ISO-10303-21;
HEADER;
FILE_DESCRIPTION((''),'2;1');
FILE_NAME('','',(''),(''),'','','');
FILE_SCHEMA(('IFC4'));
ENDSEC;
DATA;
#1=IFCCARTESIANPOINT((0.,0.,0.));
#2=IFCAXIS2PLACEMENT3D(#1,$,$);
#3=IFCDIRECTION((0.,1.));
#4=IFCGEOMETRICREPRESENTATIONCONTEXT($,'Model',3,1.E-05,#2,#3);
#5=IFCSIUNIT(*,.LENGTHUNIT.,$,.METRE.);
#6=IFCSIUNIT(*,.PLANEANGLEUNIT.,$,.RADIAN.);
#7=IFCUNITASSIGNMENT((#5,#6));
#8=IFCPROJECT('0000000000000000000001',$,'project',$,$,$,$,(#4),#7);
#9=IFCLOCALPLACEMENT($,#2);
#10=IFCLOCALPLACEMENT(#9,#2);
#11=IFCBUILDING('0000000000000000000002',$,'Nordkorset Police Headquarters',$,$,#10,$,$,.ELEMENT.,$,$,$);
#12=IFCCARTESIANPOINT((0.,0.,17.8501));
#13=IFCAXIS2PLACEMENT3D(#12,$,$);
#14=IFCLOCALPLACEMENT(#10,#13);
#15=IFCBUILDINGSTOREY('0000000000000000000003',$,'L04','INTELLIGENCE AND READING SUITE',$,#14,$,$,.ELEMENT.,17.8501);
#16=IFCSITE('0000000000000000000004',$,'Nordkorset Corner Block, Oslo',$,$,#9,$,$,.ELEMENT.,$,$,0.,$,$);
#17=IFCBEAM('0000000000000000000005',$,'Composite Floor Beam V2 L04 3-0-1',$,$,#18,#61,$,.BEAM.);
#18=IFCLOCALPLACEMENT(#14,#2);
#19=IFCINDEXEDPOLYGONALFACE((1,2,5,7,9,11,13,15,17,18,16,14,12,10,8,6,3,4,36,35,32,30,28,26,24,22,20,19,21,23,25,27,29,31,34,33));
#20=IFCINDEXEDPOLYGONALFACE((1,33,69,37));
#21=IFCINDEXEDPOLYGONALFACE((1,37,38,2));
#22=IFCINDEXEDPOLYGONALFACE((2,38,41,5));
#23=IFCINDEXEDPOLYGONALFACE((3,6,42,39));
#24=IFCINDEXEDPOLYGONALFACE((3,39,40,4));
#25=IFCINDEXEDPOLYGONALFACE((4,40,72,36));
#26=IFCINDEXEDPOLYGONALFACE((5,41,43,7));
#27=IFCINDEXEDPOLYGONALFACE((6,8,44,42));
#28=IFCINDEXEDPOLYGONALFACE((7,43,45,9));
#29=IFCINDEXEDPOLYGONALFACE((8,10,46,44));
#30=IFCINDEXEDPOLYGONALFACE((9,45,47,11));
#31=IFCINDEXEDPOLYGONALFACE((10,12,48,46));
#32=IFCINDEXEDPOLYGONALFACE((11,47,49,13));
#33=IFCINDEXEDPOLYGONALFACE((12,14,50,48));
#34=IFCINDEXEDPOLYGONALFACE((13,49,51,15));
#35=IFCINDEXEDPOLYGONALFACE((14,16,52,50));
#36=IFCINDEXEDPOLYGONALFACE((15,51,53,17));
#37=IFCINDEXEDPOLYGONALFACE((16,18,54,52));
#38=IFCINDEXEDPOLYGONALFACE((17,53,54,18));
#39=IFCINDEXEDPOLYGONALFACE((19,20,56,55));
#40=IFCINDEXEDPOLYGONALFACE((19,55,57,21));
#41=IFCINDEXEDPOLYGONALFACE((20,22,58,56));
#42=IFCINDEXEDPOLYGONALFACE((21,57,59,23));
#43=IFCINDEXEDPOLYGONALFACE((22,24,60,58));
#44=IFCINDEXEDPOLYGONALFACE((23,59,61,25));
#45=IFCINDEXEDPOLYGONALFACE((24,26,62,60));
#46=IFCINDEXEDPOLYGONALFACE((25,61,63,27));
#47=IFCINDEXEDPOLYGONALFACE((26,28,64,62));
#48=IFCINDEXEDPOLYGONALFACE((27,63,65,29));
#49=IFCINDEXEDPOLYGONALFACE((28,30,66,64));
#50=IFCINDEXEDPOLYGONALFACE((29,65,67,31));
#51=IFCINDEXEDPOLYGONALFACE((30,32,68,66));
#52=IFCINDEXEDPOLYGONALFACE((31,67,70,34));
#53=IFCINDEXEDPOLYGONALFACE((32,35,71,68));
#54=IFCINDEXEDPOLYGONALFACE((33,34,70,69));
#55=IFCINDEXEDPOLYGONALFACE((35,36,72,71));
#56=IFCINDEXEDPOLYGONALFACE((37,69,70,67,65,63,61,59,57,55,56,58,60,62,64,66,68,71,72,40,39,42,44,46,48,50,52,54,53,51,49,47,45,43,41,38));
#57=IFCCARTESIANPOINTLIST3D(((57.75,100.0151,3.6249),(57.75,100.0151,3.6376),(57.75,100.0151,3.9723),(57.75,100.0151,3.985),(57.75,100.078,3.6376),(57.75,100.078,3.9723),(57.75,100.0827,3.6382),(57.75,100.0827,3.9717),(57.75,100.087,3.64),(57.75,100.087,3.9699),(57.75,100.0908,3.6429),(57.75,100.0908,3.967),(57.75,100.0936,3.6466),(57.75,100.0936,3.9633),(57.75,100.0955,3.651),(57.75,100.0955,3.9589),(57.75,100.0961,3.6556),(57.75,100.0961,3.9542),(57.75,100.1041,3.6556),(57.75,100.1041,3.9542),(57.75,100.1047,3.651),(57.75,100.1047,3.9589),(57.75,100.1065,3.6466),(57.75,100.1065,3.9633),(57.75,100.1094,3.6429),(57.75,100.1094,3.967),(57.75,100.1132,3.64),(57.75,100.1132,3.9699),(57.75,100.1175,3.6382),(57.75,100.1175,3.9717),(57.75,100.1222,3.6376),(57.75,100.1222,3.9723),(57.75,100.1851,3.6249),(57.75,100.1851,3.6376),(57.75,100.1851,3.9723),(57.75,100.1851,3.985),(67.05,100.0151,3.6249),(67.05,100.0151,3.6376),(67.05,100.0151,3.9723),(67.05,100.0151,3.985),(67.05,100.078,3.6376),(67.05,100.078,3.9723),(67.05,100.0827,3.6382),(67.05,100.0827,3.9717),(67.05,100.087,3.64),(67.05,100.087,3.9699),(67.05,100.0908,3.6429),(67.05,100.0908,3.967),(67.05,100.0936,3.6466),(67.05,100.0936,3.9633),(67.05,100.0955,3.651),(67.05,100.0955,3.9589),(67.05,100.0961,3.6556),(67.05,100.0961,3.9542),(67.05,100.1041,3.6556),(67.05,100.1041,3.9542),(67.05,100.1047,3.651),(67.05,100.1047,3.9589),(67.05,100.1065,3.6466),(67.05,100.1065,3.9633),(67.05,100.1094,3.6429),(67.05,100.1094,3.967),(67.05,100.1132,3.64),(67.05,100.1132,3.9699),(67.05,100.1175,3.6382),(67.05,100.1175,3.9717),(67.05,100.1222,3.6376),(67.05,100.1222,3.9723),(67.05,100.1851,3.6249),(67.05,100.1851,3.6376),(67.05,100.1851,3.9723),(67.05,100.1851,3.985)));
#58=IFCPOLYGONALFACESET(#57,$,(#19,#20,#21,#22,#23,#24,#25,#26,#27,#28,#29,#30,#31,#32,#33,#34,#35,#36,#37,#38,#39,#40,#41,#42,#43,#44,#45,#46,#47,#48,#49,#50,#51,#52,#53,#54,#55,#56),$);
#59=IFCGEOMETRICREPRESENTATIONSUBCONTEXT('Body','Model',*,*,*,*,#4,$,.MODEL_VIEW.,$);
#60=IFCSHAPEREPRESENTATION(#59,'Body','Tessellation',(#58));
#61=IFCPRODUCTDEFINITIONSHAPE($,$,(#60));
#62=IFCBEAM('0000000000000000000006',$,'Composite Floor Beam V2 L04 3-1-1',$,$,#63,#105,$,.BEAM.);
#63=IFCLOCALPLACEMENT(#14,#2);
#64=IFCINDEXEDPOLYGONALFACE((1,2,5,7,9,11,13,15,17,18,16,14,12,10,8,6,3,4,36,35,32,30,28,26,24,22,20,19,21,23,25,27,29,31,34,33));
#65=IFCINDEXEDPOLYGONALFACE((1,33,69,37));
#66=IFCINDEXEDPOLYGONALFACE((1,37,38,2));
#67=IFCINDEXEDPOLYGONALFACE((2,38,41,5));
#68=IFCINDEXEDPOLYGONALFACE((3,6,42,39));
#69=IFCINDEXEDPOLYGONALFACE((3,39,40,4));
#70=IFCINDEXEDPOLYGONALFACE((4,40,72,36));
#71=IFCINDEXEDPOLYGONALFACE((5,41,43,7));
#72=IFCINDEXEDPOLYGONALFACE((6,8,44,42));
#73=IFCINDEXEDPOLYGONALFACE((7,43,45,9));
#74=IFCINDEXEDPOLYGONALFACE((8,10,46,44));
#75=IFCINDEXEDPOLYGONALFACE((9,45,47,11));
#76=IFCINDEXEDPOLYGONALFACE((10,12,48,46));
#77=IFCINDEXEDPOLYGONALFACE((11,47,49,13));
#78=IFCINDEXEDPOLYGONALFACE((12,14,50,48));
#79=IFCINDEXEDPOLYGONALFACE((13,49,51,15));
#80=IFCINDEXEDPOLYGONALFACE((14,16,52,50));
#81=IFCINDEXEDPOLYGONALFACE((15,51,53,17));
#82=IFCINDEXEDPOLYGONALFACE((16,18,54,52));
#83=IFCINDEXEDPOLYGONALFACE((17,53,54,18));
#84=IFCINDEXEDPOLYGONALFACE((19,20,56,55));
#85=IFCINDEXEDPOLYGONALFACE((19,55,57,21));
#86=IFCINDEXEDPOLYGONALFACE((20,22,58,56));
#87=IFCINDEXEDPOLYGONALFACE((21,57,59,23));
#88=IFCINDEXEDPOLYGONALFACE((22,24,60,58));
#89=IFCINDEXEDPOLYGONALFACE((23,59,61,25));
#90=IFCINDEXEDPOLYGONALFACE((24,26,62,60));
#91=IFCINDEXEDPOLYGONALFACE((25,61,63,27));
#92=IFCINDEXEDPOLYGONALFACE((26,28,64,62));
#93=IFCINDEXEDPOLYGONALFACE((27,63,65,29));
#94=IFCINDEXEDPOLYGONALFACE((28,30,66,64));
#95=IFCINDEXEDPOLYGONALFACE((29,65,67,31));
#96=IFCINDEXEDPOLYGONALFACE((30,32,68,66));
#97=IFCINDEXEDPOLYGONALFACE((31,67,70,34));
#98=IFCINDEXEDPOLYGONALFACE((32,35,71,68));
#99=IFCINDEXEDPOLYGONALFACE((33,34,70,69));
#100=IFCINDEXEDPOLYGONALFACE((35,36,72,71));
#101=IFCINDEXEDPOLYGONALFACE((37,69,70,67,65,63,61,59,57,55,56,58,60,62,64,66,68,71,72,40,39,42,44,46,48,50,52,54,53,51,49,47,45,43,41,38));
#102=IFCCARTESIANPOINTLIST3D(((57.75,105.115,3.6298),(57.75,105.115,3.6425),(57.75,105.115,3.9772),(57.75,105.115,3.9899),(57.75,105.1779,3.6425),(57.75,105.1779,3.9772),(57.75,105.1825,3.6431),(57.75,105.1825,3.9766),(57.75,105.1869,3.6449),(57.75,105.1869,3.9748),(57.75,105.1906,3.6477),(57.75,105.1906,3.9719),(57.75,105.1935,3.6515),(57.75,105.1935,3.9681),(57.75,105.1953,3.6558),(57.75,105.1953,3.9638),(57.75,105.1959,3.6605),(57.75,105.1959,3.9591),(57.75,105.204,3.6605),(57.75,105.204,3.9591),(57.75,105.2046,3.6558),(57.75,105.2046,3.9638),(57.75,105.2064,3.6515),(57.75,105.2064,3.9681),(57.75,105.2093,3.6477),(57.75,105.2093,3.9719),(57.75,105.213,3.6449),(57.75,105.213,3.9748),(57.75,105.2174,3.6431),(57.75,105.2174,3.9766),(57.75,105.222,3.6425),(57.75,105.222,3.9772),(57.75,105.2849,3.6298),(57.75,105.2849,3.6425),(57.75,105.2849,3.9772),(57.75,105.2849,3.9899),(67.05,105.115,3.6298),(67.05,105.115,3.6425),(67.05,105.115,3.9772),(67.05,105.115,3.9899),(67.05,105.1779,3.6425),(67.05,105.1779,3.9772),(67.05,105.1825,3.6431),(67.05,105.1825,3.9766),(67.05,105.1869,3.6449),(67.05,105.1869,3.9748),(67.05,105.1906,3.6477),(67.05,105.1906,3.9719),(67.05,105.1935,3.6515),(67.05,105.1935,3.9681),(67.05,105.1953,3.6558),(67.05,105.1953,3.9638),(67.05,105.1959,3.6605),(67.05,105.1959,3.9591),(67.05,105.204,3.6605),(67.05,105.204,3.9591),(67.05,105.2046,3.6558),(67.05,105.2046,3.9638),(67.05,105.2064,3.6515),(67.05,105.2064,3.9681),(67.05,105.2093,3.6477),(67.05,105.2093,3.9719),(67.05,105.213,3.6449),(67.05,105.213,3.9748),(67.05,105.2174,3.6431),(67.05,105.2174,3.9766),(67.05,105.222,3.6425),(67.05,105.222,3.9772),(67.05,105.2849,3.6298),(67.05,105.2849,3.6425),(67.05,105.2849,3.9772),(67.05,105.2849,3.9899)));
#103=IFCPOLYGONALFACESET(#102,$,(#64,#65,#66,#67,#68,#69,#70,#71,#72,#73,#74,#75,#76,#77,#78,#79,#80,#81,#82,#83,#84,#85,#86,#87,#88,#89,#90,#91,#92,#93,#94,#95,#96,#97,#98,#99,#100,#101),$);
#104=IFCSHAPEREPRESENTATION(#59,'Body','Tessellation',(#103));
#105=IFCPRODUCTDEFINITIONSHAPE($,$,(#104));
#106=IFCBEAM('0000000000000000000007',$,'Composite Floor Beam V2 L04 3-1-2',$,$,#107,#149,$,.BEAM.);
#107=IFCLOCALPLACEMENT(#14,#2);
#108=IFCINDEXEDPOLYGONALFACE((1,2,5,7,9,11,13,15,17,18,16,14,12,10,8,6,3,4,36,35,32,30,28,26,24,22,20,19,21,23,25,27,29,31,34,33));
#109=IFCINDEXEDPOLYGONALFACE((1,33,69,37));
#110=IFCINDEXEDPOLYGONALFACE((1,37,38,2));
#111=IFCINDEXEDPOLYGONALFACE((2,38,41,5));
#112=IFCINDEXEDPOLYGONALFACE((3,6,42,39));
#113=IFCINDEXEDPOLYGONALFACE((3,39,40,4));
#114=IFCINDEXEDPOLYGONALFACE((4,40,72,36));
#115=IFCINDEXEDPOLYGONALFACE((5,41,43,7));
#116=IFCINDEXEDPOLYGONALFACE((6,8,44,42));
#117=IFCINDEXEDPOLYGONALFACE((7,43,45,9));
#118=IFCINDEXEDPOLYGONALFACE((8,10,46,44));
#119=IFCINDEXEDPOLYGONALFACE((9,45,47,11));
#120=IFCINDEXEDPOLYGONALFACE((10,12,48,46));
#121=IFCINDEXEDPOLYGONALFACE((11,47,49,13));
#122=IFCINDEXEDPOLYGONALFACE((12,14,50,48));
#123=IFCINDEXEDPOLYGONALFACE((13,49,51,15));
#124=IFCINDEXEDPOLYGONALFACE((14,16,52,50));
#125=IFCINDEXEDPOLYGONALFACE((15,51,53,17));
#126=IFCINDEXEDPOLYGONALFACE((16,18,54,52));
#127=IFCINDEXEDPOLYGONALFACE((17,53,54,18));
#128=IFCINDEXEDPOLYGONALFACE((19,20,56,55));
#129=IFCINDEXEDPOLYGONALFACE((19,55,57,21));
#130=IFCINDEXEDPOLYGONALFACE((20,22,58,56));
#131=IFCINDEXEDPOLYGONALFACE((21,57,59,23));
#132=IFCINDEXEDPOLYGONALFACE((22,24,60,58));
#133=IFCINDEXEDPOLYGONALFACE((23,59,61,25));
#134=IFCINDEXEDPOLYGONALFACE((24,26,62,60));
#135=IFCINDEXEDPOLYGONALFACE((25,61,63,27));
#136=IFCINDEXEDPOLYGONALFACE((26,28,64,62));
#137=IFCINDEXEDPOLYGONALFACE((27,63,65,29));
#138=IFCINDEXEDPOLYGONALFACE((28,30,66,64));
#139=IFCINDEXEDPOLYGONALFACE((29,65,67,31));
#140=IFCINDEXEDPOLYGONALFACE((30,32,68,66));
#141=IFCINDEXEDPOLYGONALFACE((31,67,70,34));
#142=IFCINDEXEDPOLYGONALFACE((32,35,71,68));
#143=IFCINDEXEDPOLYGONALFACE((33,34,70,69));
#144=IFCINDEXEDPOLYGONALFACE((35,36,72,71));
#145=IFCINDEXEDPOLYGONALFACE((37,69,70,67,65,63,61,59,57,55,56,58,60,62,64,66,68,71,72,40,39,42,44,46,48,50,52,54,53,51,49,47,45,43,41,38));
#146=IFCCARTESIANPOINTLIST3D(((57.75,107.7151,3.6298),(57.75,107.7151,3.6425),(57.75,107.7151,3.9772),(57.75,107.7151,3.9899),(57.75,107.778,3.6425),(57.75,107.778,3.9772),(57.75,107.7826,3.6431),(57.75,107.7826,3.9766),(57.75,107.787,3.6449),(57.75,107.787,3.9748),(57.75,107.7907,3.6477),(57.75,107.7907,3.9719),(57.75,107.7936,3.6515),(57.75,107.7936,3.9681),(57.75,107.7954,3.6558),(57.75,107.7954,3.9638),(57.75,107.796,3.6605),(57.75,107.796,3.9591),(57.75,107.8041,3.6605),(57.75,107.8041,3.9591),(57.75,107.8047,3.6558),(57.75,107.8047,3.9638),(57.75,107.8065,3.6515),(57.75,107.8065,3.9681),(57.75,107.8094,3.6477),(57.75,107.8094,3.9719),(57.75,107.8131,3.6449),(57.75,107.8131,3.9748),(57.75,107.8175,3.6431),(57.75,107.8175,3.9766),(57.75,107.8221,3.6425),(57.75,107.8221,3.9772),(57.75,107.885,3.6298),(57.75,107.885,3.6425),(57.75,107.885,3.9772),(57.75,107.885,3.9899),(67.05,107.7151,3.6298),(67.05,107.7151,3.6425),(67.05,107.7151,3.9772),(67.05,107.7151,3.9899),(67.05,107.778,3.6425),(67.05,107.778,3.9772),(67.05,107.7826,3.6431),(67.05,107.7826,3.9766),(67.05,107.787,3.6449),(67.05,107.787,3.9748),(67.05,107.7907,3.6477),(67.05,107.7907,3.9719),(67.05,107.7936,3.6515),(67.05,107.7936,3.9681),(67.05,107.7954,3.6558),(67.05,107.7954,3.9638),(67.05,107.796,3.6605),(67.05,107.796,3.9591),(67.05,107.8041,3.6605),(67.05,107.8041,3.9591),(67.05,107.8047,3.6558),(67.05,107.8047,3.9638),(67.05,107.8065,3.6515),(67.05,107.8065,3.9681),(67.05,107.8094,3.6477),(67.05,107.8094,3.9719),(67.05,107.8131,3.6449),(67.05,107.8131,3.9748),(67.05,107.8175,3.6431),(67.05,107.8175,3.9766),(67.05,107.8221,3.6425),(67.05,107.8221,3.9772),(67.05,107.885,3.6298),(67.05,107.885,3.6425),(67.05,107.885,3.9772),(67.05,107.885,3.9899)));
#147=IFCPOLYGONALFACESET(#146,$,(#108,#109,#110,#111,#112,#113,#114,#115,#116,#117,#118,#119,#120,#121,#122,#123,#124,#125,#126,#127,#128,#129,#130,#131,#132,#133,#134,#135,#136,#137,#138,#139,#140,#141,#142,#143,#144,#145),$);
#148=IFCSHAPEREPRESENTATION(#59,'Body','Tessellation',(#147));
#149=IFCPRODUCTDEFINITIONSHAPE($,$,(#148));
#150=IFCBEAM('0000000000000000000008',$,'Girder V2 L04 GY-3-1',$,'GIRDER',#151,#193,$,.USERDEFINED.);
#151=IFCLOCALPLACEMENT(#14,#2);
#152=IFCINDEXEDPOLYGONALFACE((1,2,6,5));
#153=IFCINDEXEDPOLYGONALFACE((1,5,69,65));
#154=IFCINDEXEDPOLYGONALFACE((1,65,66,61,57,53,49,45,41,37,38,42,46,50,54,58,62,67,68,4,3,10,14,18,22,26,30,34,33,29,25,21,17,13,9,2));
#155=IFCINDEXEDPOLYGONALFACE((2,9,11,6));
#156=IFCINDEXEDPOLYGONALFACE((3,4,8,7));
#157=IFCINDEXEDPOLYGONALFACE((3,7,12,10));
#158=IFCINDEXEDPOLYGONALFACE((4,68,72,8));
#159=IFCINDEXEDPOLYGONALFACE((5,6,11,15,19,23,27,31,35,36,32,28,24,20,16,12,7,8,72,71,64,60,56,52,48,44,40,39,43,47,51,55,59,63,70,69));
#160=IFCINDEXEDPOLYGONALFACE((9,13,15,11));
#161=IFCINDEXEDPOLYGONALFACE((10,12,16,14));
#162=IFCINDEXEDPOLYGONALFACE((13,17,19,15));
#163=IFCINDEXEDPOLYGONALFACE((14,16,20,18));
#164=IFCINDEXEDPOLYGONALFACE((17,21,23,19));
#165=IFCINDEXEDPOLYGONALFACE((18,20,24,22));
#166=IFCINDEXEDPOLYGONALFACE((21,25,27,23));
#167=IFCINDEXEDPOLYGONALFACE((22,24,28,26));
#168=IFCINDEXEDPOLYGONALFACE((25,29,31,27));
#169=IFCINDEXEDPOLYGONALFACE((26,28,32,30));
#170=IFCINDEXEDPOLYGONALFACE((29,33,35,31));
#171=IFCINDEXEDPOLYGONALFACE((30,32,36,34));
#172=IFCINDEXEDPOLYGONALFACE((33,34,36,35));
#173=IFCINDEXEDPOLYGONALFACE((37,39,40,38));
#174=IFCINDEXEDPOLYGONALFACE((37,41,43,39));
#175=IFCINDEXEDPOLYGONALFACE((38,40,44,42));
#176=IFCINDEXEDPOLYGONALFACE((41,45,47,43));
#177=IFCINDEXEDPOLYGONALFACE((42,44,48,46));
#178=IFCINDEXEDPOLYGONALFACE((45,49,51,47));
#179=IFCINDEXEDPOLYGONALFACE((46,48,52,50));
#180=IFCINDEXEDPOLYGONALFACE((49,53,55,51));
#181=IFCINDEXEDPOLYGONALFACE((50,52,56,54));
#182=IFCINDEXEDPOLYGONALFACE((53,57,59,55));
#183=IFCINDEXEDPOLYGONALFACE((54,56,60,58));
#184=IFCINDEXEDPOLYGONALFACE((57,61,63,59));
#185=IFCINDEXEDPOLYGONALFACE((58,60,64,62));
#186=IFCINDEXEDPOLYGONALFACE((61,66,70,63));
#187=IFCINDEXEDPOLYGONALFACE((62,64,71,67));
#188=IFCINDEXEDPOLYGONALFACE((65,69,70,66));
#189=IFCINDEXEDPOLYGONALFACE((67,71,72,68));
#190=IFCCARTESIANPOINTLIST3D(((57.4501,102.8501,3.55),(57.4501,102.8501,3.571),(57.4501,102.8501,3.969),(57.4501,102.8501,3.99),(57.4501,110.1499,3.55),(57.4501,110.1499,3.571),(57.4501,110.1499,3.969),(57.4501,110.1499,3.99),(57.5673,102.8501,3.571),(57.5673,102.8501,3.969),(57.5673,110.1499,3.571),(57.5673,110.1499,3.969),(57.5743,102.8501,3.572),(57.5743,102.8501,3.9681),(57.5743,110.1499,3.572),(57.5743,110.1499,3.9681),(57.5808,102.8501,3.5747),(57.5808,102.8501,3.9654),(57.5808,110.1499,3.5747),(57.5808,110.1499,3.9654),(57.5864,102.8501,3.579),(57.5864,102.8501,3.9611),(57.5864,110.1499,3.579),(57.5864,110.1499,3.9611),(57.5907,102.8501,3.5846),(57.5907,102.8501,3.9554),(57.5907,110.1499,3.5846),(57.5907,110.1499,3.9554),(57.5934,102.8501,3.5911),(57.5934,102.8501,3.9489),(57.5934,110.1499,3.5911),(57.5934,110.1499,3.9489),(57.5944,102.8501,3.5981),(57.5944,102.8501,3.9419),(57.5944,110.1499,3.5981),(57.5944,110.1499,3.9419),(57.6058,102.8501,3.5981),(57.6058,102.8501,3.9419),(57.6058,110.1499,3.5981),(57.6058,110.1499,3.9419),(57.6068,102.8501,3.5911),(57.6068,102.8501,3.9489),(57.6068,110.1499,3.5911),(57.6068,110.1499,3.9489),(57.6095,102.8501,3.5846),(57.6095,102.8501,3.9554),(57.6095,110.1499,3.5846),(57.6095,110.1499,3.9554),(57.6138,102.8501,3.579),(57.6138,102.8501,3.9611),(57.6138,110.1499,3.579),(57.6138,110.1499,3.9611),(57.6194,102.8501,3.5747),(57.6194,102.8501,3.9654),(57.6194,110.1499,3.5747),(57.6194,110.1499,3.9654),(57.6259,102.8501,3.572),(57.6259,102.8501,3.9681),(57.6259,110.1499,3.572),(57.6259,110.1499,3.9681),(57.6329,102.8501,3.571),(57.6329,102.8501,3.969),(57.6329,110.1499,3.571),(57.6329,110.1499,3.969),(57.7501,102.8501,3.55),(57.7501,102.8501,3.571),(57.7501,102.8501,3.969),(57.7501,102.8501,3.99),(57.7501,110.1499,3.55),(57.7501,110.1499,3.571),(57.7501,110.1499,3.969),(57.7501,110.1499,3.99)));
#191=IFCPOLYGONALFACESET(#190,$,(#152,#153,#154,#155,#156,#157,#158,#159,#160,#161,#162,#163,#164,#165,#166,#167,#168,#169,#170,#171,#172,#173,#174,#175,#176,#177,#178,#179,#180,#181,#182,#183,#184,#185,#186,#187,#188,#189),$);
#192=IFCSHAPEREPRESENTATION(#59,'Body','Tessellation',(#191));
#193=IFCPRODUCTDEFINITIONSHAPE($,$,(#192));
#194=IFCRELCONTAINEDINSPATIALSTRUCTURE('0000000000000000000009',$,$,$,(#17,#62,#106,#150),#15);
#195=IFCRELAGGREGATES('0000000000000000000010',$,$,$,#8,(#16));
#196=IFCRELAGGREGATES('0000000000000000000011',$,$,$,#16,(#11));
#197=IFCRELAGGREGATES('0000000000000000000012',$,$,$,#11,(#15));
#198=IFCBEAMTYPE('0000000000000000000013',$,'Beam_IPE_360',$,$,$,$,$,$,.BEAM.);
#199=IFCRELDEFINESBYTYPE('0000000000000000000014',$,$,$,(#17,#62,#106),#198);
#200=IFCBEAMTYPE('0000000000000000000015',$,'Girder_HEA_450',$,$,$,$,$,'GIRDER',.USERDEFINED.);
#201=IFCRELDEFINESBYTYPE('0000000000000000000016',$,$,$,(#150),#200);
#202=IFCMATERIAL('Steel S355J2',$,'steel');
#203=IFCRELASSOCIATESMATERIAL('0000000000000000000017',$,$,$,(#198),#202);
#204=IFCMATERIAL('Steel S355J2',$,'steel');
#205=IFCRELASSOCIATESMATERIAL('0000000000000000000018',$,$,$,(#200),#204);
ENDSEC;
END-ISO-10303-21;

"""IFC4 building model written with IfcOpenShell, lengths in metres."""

from ifc_helpers import new_model, si_unit, direction, frame, origin, origin_2d, place, context, subcontext, project, spatial, i_section, extrude, material, material_profile, profile_set, type_object, element, save


model = new_model("IFC4")

# Units and contexts
model_context = context("Model", 3, precision=1e-05, world=origin(), true_north=direction((0.0, 1.0)))
body_context = subcontext(model_context, "Body", "Model", "MODEL_VIEW")
ifc_project = project(units=[si_unit("LENGTHUNIT", "METRE"), si_unit("PLANEANGLEUNIT", "RADIAN")], contexts=[model_context])

# Site, building, storey
site_placement = place(None, origin())
site = spatial("IfcSite", under=ifc_project, at=site_placement, Name="Nordkorset Corner Block, Oslo", CompositionType="ELEMENT", RefElevation=0.0)
building_placement = place(site_placement, origin())
building = spatial("IfcBuilding", under=site, at=building_placement, Name="Nordkorset Police Headquarters", CompositionType="ELEMENT")
storey_placement = place(building_placement, frame((0.0, 0.0, 17.8501)))
storey = spatial("IfcBuildingStorey", under=building, at=storey_placement, Name="L04", Description="INTELLIGENCE AND READING SUITE", CompositionType="ELEMENT", Elevation=17.8501)

# Beams
ifc_material_1 = material(Name="Steel S355J2", Category="steel")
ifc_material_profile_1 = material_profile(ifc_material_1, i_section(OverallWidth=0.1699, OverallDepth=0.3601, WebThickness=0.0081, FlangeThickness=0.0127, FilletRadius=0.0181, at=origin_2d()), Name="IPE 360")
ifc_profile_set_1 = profile_set([ifc_material_profile_1], Name="Steel S355J2")
beam_type_1 = type_object("IfcBeamType", Name="Beam_IPE_360", PredefinedType="BEAM", material=ifc_profile_set_1)
for number, where, z_axis, x_axis, name in (
    (1, (57.75, 100.1001, 3.8049), (1.0, 0.0, 0.0), (0.0, 1.0, 0.0), "Composite Floor Beam V2 L04 3-0-1"),
    (2, (57.75, 105.2, 3.8098), (1.0, 0.0, 0.0), (0.0, 1.0, 0.0), "Composite Floor Beam V2 L04 3-1-1"),
    (3, (57.75, 107.8, 3.8098), (1.0, 0.0, 0.0), (0.0, 1.0, 0.0), "Composite Floor Beam V2 L04 3-1-2"),
):
    element("IfcBeam", number, at=place(storey_placement, frame(where, z_axis=z_axis, x_axis=x_axis)), inside=storey, type_object=beam_type_1, Name=name, PredefinedType="BEAM", context=body_context, shape_type="SweptSolid", body=[
        extrude(i_section(OverallWidth=0.1699, OverallDepth=0.3601, WebThickness=0.0081, FlangeThickness=0.0127, FilletRadius=0.0181, at=origin_2d()), origin(), (0.0, 0.0, 1.0), 9.3),
    ])
ifc_material_2 = material(Name="Steel S355J2", Category="steel")
ifc_material_profile_2 = material_profile(ifc_material_2, i_section(OverallWidth=0.3, OverallDepth=0.4399, WebThickness=0.0115, FlangeThickness=0.021, FilletRadius=0.0271, at=origin_2d()), Name="HEA 450")
ifc_profile_set_2 = profile_set([ifc_material_profile_2], Name="Steel S355J2")
beam_type_2 = type_object("IfcBeamType", Name="Girder_HEA_450", ElementType="GIRDER", PredefinedType="USERDEFINED", material=ifc_profile_set_2)
beam_1_placement = place(storey_placement, frame((57.6001, 102.8501, 3.77), z_axis=(0.0, 1.0, 0.0), x_axis=(-1.0, 0.0, 0.0)))
element("IfcBeam", 4, at=beam_1_placement, inside=storey, type_object=beam_type_2, Name="Girder V2 L04 GY-3-1", ObjectType="GIRDER", PredefinedType="USERDEFINED", context=body_context, shape_type="SweptSolid", body=[
    extrude(i_section(OverallWidth=0.3, OverallDepth=0.4399, WebThickness=0.0115, FlangeThickness=0.021, FilletRadius=0.0271, at=origin_2d()), origin(), (0.0, 0.0, 1.0), 7.2998),
])

save(model, "model.ifc")
